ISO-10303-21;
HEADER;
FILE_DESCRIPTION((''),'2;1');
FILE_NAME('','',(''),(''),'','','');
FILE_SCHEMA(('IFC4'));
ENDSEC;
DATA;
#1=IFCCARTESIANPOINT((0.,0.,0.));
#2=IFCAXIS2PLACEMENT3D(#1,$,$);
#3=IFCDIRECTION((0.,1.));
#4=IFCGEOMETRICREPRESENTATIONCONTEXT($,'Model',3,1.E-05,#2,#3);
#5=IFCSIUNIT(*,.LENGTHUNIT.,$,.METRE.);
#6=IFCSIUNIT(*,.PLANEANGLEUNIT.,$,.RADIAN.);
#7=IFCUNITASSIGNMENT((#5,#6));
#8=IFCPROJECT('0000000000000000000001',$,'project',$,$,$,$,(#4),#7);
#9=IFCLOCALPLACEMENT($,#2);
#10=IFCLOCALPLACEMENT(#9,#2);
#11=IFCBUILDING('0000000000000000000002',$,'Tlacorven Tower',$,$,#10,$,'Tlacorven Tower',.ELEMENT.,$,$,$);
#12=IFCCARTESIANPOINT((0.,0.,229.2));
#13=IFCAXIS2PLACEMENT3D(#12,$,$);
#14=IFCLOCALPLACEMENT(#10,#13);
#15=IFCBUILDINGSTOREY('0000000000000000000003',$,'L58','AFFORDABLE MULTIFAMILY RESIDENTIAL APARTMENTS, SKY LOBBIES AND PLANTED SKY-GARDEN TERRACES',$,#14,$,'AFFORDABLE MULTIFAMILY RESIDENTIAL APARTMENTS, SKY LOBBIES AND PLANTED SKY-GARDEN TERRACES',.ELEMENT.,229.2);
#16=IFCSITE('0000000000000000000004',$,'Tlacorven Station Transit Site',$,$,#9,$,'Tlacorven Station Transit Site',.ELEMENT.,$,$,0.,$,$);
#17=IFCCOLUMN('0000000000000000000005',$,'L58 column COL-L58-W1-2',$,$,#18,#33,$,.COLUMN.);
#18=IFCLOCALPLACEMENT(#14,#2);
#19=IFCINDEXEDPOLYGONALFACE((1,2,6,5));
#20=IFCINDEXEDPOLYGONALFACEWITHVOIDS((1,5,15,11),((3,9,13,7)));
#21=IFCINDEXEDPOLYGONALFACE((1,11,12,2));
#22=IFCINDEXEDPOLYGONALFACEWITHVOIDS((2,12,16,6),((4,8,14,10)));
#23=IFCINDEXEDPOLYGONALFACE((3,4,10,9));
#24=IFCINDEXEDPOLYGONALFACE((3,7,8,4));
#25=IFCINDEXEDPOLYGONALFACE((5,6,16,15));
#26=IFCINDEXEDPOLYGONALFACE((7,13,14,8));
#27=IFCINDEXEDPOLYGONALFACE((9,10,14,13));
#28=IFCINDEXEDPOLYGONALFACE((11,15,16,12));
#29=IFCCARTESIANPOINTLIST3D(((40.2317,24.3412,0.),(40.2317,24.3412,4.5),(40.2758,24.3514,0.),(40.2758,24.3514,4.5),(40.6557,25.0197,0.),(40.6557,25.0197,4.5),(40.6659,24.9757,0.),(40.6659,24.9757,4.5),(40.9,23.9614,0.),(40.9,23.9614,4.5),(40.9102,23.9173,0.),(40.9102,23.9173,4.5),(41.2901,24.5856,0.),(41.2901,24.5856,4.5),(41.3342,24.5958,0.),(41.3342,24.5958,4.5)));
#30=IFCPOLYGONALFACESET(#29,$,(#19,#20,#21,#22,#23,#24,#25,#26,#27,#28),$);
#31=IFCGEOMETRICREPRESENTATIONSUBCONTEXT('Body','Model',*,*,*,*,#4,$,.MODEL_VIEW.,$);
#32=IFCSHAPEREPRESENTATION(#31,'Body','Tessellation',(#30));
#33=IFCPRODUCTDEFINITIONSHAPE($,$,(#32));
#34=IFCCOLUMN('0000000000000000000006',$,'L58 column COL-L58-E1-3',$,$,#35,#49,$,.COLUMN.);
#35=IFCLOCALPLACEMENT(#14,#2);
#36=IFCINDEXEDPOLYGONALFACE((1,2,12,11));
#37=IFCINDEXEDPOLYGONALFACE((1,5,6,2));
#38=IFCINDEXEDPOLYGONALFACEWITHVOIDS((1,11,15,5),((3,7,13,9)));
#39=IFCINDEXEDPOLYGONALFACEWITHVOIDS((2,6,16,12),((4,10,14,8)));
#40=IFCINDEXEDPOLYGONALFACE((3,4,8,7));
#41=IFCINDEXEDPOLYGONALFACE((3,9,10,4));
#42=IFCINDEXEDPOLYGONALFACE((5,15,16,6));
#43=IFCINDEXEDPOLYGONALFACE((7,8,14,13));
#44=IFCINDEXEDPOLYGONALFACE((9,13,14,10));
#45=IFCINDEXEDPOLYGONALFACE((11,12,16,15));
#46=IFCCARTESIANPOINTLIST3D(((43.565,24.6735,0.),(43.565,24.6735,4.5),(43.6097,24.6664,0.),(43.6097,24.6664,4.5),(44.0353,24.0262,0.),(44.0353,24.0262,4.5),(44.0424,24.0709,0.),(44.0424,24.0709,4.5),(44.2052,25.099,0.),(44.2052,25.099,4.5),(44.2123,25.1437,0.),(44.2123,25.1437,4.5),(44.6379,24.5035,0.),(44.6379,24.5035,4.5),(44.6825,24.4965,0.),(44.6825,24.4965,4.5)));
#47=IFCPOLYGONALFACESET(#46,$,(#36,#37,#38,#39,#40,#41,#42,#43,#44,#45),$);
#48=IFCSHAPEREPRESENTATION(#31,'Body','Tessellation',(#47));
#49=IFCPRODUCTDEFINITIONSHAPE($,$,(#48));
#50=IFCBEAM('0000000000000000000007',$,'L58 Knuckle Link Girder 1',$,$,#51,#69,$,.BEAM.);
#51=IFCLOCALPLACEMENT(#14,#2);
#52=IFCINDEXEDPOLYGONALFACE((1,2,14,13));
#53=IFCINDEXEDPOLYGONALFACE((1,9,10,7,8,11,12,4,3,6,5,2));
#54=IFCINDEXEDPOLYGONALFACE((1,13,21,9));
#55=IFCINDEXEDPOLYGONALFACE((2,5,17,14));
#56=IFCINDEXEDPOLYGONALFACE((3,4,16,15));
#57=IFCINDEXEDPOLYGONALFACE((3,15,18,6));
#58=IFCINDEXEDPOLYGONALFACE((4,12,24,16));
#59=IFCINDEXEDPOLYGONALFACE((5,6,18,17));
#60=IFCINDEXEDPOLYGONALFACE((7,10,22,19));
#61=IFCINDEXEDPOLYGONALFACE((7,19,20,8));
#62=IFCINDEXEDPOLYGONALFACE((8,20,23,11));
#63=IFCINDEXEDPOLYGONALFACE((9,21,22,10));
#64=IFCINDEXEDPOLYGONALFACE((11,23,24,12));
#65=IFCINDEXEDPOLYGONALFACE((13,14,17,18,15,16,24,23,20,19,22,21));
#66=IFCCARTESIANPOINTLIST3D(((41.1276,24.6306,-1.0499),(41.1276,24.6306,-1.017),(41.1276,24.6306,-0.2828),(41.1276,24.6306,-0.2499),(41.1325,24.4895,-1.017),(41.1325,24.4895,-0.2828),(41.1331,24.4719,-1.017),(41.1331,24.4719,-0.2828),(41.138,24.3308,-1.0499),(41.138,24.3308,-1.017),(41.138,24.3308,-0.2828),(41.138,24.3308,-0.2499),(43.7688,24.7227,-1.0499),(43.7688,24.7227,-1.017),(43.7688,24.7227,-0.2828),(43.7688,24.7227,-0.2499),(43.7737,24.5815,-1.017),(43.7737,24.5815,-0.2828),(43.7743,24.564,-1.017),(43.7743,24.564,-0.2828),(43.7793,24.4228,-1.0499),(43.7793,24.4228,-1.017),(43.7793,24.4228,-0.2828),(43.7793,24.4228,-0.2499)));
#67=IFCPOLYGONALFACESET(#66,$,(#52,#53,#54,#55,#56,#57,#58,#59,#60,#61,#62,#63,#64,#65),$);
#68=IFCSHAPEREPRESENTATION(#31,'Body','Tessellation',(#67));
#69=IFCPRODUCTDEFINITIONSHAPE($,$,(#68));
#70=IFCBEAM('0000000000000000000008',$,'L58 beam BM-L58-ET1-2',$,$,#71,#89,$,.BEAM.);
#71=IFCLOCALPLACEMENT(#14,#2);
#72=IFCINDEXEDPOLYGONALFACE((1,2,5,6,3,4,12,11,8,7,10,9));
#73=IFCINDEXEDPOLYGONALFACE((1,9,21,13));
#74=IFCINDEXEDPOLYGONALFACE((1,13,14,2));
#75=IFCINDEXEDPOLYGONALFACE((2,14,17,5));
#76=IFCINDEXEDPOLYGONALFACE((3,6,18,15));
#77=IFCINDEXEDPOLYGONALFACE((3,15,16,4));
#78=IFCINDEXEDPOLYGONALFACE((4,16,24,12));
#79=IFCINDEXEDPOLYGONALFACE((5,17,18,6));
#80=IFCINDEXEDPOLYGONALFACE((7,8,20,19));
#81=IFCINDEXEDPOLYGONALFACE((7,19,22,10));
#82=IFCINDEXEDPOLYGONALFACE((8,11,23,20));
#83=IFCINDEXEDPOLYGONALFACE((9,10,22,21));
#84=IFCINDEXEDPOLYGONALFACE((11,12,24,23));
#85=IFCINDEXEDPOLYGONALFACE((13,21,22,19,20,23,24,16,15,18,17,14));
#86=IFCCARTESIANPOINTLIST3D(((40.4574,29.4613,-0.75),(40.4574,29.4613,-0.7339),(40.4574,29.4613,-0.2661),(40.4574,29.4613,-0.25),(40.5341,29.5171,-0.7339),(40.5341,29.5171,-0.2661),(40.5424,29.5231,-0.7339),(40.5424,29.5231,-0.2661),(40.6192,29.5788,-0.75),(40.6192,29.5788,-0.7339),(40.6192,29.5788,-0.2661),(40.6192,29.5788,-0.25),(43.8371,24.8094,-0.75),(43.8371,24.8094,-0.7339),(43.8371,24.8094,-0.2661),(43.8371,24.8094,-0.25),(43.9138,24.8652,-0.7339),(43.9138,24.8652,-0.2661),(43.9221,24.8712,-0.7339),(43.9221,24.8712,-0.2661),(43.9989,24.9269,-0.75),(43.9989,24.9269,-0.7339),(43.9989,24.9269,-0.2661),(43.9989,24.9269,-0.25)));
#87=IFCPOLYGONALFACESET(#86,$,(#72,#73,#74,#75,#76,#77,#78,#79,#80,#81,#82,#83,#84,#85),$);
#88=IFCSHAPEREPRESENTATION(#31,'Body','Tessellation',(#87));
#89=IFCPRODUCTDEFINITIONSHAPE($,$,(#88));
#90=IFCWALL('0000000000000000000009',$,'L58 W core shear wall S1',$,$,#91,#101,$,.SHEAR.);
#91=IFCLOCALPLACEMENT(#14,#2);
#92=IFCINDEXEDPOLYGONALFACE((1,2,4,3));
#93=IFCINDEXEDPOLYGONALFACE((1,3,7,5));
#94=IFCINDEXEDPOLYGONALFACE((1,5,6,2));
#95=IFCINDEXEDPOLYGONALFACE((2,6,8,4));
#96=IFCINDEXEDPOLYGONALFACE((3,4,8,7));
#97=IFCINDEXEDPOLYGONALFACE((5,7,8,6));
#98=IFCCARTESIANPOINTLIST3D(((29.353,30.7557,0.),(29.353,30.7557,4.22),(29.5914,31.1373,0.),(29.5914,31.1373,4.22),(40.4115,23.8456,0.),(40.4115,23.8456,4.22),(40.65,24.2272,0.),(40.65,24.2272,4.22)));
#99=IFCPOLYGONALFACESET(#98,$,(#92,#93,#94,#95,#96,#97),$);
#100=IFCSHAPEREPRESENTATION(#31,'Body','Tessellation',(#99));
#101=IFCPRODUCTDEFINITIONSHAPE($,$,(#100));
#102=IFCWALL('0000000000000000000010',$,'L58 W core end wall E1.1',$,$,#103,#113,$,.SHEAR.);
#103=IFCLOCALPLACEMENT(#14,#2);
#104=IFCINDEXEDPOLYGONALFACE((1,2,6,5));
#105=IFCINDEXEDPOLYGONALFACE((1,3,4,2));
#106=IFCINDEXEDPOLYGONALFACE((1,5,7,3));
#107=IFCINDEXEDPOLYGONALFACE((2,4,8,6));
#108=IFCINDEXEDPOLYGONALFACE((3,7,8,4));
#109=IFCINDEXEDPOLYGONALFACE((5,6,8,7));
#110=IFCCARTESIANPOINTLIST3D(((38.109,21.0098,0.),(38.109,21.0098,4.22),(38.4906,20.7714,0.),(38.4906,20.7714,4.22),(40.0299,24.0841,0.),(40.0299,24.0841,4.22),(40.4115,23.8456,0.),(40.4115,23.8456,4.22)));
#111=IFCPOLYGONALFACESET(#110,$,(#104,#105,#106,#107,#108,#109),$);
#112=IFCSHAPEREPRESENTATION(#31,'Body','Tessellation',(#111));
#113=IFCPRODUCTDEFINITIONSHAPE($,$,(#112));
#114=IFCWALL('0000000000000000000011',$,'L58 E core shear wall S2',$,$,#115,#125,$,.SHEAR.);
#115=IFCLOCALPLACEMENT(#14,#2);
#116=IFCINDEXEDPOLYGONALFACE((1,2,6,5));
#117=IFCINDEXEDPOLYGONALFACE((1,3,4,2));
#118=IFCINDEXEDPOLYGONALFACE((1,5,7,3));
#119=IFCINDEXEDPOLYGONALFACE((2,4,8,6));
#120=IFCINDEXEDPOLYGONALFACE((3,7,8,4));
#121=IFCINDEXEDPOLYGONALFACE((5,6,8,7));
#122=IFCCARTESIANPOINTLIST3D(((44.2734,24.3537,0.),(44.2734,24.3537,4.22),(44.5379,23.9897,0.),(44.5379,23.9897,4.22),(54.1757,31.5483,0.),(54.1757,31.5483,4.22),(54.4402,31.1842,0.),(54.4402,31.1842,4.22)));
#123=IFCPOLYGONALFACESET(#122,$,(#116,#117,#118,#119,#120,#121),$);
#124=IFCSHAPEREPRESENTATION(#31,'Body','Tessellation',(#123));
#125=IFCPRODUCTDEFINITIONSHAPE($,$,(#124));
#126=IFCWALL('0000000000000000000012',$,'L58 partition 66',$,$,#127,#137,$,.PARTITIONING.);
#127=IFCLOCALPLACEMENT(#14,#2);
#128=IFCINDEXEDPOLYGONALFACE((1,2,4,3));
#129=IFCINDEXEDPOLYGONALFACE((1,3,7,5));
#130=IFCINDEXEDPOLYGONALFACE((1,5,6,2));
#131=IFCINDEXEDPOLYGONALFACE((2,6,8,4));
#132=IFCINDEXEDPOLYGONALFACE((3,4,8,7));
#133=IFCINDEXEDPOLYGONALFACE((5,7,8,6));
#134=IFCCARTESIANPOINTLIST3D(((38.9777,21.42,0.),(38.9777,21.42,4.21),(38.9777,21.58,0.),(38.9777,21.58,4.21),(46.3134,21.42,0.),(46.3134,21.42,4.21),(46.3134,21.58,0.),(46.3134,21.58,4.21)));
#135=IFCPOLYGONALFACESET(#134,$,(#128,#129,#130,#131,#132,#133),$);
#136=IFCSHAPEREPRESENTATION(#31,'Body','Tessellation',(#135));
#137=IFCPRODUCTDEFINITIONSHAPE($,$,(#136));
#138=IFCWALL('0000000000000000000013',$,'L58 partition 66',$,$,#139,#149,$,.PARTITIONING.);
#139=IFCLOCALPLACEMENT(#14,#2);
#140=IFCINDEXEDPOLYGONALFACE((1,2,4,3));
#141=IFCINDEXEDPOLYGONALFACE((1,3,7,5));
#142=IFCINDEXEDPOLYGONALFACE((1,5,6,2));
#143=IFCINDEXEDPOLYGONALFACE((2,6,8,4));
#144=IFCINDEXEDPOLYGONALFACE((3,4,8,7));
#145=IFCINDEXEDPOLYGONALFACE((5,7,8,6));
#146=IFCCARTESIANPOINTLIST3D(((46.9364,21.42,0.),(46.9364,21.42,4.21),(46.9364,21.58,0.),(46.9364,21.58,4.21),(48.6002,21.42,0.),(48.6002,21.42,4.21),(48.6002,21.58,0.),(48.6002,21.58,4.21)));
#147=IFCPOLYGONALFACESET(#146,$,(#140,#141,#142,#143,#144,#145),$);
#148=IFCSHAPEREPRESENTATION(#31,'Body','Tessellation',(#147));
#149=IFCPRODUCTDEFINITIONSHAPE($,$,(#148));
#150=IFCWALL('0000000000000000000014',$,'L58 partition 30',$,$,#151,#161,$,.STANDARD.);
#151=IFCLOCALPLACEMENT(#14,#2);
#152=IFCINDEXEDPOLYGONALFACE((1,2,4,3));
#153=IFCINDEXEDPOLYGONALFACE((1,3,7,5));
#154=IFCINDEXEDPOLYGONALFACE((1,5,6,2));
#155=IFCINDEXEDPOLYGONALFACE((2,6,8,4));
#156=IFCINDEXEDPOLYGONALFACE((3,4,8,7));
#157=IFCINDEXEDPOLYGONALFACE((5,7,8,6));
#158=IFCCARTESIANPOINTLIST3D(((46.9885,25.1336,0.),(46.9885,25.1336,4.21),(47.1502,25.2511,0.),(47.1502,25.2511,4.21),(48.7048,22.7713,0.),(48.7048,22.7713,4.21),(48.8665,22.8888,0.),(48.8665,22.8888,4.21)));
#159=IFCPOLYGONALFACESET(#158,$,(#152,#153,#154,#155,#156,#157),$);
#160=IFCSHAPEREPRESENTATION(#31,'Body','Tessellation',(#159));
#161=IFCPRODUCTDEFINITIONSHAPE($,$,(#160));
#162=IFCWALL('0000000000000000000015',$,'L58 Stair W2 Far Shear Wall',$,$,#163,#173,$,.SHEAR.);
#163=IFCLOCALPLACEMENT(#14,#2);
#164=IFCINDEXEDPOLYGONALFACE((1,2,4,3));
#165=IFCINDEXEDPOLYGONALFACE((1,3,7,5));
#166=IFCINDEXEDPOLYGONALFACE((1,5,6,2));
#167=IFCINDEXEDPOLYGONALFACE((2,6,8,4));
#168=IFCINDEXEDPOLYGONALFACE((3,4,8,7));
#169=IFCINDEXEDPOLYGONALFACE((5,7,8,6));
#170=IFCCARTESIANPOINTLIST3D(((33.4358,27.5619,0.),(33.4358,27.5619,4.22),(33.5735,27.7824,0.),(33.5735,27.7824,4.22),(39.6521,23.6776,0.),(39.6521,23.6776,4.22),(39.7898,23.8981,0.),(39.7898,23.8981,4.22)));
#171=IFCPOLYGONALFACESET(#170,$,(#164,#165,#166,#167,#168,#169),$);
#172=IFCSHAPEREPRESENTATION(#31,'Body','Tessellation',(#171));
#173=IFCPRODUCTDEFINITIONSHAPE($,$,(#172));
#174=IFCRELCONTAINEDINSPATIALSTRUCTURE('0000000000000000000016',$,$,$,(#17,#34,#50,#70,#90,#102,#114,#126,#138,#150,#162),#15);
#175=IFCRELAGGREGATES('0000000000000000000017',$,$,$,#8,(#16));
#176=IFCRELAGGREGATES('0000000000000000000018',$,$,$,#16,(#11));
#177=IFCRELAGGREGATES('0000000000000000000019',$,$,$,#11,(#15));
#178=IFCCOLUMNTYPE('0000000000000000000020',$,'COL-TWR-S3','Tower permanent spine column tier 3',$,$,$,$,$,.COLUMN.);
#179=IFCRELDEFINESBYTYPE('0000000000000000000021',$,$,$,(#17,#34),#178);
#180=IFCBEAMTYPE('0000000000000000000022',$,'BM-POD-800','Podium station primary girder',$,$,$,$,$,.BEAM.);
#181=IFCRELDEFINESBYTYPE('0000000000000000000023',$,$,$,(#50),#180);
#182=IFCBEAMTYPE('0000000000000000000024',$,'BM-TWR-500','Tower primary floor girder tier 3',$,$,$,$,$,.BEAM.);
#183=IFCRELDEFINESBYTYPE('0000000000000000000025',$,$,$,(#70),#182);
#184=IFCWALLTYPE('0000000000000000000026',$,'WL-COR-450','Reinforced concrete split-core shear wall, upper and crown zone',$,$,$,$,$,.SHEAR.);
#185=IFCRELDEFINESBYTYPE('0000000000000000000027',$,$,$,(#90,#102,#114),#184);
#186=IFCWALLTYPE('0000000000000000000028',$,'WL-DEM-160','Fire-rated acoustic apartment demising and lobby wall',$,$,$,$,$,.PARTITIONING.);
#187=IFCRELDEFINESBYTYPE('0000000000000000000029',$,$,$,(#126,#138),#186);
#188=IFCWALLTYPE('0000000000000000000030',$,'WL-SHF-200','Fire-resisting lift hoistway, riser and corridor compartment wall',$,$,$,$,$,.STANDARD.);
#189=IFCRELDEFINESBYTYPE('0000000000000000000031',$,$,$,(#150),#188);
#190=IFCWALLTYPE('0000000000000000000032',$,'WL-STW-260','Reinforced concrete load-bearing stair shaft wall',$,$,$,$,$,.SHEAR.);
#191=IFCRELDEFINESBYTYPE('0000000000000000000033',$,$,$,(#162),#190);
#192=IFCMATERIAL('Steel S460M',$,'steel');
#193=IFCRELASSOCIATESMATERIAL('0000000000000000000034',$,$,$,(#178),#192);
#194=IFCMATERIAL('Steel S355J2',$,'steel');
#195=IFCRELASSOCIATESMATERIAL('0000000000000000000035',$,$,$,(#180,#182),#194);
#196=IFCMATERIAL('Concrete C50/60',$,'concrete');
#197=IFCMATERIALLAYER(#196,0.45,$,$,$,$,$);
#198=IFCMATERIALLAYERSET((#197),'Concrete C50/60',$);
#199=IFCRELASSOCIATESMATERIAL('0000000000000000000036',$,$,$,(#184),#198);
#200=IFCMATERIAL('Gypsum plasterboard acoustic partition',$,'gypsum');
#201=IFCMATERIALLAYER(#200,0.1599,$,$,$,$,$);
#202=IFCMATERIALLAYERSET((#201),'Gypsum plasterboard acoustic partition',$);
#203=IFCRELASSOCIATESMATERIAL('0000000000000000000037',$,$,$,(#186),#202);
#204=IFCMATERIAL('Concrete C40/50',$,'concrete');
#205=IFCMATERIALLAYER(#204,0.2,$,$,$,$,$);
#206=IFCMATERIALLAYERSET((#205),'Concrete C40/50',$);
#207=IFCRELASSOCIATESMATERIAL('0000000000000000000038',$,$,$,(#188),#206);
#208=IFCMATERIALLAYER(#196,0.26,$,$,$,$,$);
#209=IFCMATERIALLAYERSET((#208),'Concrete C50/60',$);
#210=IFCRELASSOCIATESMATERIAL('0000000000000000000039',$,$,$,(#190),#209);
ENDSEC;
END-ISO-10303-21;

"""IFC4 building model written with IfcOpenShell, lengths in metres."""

from ifc_helpers import new_model, si_unit, direction, frame, frame_2d, origin, origin_2d, place, context, subcontext, project, spatial, rectangle, hollow_rectangle, i_section, extrude, source, transform, mapped, material, layer, layer_set, material_profile, profile_set, type_object, element, save


model = new_model("IFC4")

# Units and contexts
model_context = context("Model", 3, precision=1e-05, world=origin(), true_north=direction((0.0, 1.0)))
body_context = subcontext(model_context, "Body", "Model", "MODEL_VIEW")
ifc_project = project(units=[si_unit("LENGTHUNIT", "METRE"), si_unit("PLANEANGLEUNIT", "RADIAN")], contexts=[model_context])

# Site, building, storey
site_placement = place(None, origin())
site = spatial("IfcSite", under=ifc_project, at=site_placement, Name="Tlacorven Station Transit Site", LongName="Tlacorven Station Transit Site", CompositionType="ELEMENT", RefElevation=0.0)
building_placement = place(site_placement, origin())
building = spatial("IfcBuilding", under=site, at=building_placement, Name="Tlacorven Tower", LongName="Tlacorven Tower", CompositionType="ELEMENT")
storey_placement = place(building_placement, frame((0.0, 0.0, 229.2)))
storey = spatial("IfcBuildingStorey", under=building, at=storey_placement, Name="L58", Description="AFFORDABLE MULTIFAMILY RESIDENTIAL APARTMENTS, SKY LOBBIES AND PLANTED SKY-GARDEN TERRACES", LongName="AFFORDABLE MULTIFAMILY RESIDENTIAL APARTMENTS, SKY LOBBIES AND PLANTED SKY-GARDEN TERRACES", CompositionType="ELEMENT", Elevation=229.2)

# Columns
ifc_material_1 = material(Name="Steel S460M", Category="steel")
ifc_material_profile_1 = material_profile(ifc_material_1, hollow_rectangle(XDim=0.8, YDim=0.8, WallThickness=0.032, at=origin_2d()), Name="BOX 800X800X32")
ifc_profile_set_1 = profile_set([ifc_material_profile_1], Name="Steel S460M")
column_type = type_object("IfcColumnType", Name="COL-TWR-S3", Description="Tower permanent spine column tier 3", PredefinedType="COLUMN", material=ifc_profile_set_1)
shared_shape_1 = source(origin(), body_context, "Body", "SweptSolid", [
    extrude(hollow_rectangle(XDim=0.8, YDim=0.8, WallThickness=0.032, at=origin_2d()), origin(), (0.0, 0.0, 1.0), 4.5),
])
for number, where, z_axis, x_axis, name in (
    (1, (40.783, 24.4685, 0.0), (0.0, 0.0, 1.0), (-0.848048, 0.529919, 0.0), "L58 column COL-L58-W1-2"),
    (2, (44.1238, 24.585, 0.0), (0.0, 0.0, 1.0), (0.809017, 0.587785, 0.0), "L58 column COL-L58-E1-3"),
):
    element("IfcColumn", number, at=place(storey_placement, frame(where, z_axis=z_axis, x_axis=x_axis)), inside=storey, type_object=column_type, Name=name, PredefinedType="COLUMN", context=body_context, shape_type="MappedRepresentation", body=[
        mapped(shared_shape_1, transform((0.0, 0.0, 0.0), scale=1.0)),
    ])

# Beams
ifc_material_2 = material(Name="Steel S355J2", Category="steel")
ifc_material_profile_2 = material_profile(ifc_material_2, i_section(OverallWidth=0.3, OverallDepth=0.8, WebThickness=0.0176, FlangeThickness=0.033, at=origin_2d()), Name="HEB 800")
ifc_profile_set_2 = profile_set([ifc_material_profile_2], Name="Steel S355J2")
beam_type_1 = type_object("IfcBeamType", Name="BM-POD-800", Description="Podium station primary girder", PredefinedType="BEAM", material=ifc_profile_set_2)
shared_shape_2 = source(origin(), body_context, "Body", "SweptSolid", [
    extrude(i_section(OverallWidth=0.3, OverallDepth=0.8, WebThickness=0.0176, FlangeThickness=0.033, at=origin_2d()), origin(), (0.0, 0.0, 1.0), 2.6428),
])
beam_1_placement = place(storey_placement, frame((41.1328, 24.4807, -0.6499), z_axis=(0.999393, 0.034828, 0.0), x_axis=(-0.034828, 0.999393, 0.0)))
element("IfcBeam", 3, at=beam_1_placement, inside=storey, type_object=beam_type_1, Name="L58 Knuckle Link Girder 1", PredefinedType="BEAM", context=body_context, shape_type="MappedRepresentation", body=[
    mapped(shared_shape_2, transform((0.0, 0.0, 0.0), scale=1.0)),
])
ifc_material_profile_3 = material_profile(ifc_material_2, i_section(OverallWidth=0.2, OverallDepth=0.5, WebThickness=0.0103, FlangeThickness=0.0161, at=origin_2d()), Name="IPE 500")
ifc_profile_set_3 = profile_set([ifc_material_profile_3], Name="Steel S355J2")
beam_type_2 = type_object("IfcBeamType", Name="BM-TWR-500", Description="Tower primary floor girder tier 3", PredefinedType="BEAM", material=ifc_profile_set_3)
shared_shape_3 = source(origin(), body_context, "Body", "SweptSolid", [
    extrude(i_section(OverallWidth=0.2, OverallDepth=0.5, WebThickness=0.0103, FlangeThickness=0.0161, at=origin_2d()), origin(), (0.0, 0.0, 1.0), 5.75),
])
beam_2_placement = place(storey_placement, frame((43.918, 24.8682, -0.5), z_axis=(-0.58777, 0.809028, 0.0), x_axis=(-0.809028, -0.58777, 0.0)))
element("IfcBeam", 4, at=beam_2_placement, inside=storey, type_object=beam_type_2, Name="L58 beam BM-L58-ET1-2", PredefinedType="BEAM", context=body_context, shape_type="MappedRepresentation", body=[
    mapped(shared_shape_3, transform((0.0, 0.0, 0.0), scale=1.0)),
])

# Walls
ifc_material_3 = material(Name="Concrete C50/60", Category="concrete")
ifc_layer_1 = layer(ifc_material_3, 0.45)
ifc_layer_set_1 = layer_set([ifc_layer_1], Name="Concrete C50/60")
wall_type_1 = type_object("IfcWallType", Name="WL-COR-450", Description="Reinforced concrete split-core shear wall, upper and crown zone", PredefinedType="SHEAR", material=ifc_layer_set_1)
wall_1_placement = place(storey_placement, frame((40.5308, 24.0364, 0.0), z_axis=(0.0, 0.0, 1.0), x_axis=(-0.848049, 0.529918, 0.0)))
element("IfcWall", 5, at=wall_1_placement, inside=storey, type_object=wall_type_1, Name="L58 W core shear wall S1", PredefinedType="SHEAR", context=body_context, shape_type="SweptSolid", body=[
    extrude(rectangle(XDim=13.04, YDim=0.45, at=frame_2d((6.52, 0.0))), origin(), (0.0, 0.0, 1.0), 4.22),
])
wall_2_placement = place(storey_placement, frame((40.2207, 23.9648, 0.0), z_axis=(0.0, 0.0, 1.0), x_axis=(-0.529902, -0.848059, 0.0)))
element("IfcWall", 6, at=wall_2_placement, inside=storey, type_object=wall_type_1, Name="L58 W core end wall E1.1", PredefinedType="SHEAR", context=body_context, shape_type="SweptSolid", body=[
    extrude(rectangle(XDim=3.625, YDim=0.45, at=frame_2d((1.8125, 0.0))), origin(), (0.0, 0.0, 1.0), 4.22),
])
wall_3_placement = place(storey_placement, frame((44.4055, 24.1716, 0.0), z_axis=(0.0, 0.0, 1.0), x_axis=(0.809013, 0.587791, 0.0)))
element("IfcWall", 7, at=wall_3_placement, inside=storey, type_object=wall_type_1, Name="L58 E core shear wall S2", PredefinedType="SHEAR", context=body_context, shape_type="SweptSolid", body=[
    extrude(rectangle(XDim=12.24, YDim=0.45, at=frame_2d((6.1201, 0.0))), origin(), (0.0, 0.0, 1.0), 4.22),
])
ifc_material_4 = material(Name="Gypsum plasterboard acoustic partition", Category="gypsum")
ifc_layer_2 = layer(ifc_material_4, 0.1599)
ifc_layer_set_2 = layer_set([ifc_layer_2], Name="Gypsum plasterboard acoustic partition")
wall_type_2 = type_object("IfcWallType", Name="WL-DEM-160", Description="Fire-rated acoustic apartment demising and lobby wall", PredefinedType="PARTITIONING", material=ifc_layer_set_2)
wall_4_placement = place(storey_placement, frame((38.9775, 21.5, 0.0), z_axis=(0.0, 0.0, 1.0), x_axis=(1.0, 0.0, 0.0)))
element("IfcWall", 8, at=wall_4_placement, inside=storey, type_object=wall_type_2, Name="L58 partition 66", PredefinedType="PARTITIONING", context=body_context, shape_type="SweptSolid", body=[
    extrude(rectangle(XDim=7.3357, YDim=0.1599, at=frame_2d((3.668, 0.0))), origin(), (0.0, 0.0, 1.0), 4.21),
])
wall_5_placement = place(storey_placement, frame((46.9363, 21.5, 0.0), z_axis=(0.0, 0.0, 1.0), x_axis=(1.0, 0.0, 0.0)))
element("IfcWall", 9, at=wall_5_placement, inside=storey, type_object=wall_type_2, Name="L58 partition 66", PredefinedType="PARTITIONING", context=body_context, shape_type="SweptSolid", body=[
    extrude(rectangle(XDim=1.6638, YDim=0.1599, at=frame_2d((0.832, 0.0))), origin(), (0.0, 0.0, 1.0), 4.21),
])
ifc_material_5 = material(Name="Concrete C40/50", Category="concrete")
ifc_layer_3 = layer(ifc_material_5, 0.2)
ifc_layer_set_3 = layer_set([ifc_layer_3], Name="Concrete C40/50")
wall_type_3 = type_object("IfcWallType", Name="WL-SHF-200", Description="Fire-resisting lift hoistway, riser and corridor compartment wall", PredefinedType="STANDARD", material=ifc_layer_set_3)
wall_6_placement = place(storey_placement, frame((48.7856, 22.8301, 0.0), z_axis=(0.0, 0.0, 1.0), x_axis=(-0.587784, 0.809018, 0.0)))
element("IfcWall", 10, at=wall_6_placement, inside=storey, type_object=wall_type_3, Name="L58 partition 30", PredefinedType="STANDARD", context=body_context, shape_type="SweptSolid", body=[
    extrude(rectangle(XDim=2.9199, YDim=0.2, at=frame_2d((1.46, 0.0))), origin(), (0.0, 0.0, 1.0), 4.21),
])
ifc_layer_4 = layer(ifc_material_3, 0.26)
ifc_layer_set_4 = layer_set([ifc_layer_4], Name="Concrete C50/60")
wall_type_4 = type_object("IfcWallType", Name="WL-STW-260", Description="Reinforced concrete load-bearing stair shaft wall", PredefinedType="SHEAR", material=ifc_layer_set_4)
wall_7_placement = place(storey_placement, frame((39.7209, 23.7878, 0.0), z_axis=(0.0, 0.0, 1.0), x_axis=(-0.848054, 0.529909, 0.0)))
element("IfcWall", 11, at=wall_7_placement, inside=storey, type_object=wall_type_4, Name="L58 Stair W2 Far Shear Wall", PredefinedType="SHEAR", context=body_context, shape_type="SweptSolid", body=[
    extrude(rectangle(XDim=7.3301, YDim=0.26, at=frame_2d((3.665, 0.0))), origin(), (0.0, 0.0, 1.0), 4.22),
])

save(model, "model.ifc")
